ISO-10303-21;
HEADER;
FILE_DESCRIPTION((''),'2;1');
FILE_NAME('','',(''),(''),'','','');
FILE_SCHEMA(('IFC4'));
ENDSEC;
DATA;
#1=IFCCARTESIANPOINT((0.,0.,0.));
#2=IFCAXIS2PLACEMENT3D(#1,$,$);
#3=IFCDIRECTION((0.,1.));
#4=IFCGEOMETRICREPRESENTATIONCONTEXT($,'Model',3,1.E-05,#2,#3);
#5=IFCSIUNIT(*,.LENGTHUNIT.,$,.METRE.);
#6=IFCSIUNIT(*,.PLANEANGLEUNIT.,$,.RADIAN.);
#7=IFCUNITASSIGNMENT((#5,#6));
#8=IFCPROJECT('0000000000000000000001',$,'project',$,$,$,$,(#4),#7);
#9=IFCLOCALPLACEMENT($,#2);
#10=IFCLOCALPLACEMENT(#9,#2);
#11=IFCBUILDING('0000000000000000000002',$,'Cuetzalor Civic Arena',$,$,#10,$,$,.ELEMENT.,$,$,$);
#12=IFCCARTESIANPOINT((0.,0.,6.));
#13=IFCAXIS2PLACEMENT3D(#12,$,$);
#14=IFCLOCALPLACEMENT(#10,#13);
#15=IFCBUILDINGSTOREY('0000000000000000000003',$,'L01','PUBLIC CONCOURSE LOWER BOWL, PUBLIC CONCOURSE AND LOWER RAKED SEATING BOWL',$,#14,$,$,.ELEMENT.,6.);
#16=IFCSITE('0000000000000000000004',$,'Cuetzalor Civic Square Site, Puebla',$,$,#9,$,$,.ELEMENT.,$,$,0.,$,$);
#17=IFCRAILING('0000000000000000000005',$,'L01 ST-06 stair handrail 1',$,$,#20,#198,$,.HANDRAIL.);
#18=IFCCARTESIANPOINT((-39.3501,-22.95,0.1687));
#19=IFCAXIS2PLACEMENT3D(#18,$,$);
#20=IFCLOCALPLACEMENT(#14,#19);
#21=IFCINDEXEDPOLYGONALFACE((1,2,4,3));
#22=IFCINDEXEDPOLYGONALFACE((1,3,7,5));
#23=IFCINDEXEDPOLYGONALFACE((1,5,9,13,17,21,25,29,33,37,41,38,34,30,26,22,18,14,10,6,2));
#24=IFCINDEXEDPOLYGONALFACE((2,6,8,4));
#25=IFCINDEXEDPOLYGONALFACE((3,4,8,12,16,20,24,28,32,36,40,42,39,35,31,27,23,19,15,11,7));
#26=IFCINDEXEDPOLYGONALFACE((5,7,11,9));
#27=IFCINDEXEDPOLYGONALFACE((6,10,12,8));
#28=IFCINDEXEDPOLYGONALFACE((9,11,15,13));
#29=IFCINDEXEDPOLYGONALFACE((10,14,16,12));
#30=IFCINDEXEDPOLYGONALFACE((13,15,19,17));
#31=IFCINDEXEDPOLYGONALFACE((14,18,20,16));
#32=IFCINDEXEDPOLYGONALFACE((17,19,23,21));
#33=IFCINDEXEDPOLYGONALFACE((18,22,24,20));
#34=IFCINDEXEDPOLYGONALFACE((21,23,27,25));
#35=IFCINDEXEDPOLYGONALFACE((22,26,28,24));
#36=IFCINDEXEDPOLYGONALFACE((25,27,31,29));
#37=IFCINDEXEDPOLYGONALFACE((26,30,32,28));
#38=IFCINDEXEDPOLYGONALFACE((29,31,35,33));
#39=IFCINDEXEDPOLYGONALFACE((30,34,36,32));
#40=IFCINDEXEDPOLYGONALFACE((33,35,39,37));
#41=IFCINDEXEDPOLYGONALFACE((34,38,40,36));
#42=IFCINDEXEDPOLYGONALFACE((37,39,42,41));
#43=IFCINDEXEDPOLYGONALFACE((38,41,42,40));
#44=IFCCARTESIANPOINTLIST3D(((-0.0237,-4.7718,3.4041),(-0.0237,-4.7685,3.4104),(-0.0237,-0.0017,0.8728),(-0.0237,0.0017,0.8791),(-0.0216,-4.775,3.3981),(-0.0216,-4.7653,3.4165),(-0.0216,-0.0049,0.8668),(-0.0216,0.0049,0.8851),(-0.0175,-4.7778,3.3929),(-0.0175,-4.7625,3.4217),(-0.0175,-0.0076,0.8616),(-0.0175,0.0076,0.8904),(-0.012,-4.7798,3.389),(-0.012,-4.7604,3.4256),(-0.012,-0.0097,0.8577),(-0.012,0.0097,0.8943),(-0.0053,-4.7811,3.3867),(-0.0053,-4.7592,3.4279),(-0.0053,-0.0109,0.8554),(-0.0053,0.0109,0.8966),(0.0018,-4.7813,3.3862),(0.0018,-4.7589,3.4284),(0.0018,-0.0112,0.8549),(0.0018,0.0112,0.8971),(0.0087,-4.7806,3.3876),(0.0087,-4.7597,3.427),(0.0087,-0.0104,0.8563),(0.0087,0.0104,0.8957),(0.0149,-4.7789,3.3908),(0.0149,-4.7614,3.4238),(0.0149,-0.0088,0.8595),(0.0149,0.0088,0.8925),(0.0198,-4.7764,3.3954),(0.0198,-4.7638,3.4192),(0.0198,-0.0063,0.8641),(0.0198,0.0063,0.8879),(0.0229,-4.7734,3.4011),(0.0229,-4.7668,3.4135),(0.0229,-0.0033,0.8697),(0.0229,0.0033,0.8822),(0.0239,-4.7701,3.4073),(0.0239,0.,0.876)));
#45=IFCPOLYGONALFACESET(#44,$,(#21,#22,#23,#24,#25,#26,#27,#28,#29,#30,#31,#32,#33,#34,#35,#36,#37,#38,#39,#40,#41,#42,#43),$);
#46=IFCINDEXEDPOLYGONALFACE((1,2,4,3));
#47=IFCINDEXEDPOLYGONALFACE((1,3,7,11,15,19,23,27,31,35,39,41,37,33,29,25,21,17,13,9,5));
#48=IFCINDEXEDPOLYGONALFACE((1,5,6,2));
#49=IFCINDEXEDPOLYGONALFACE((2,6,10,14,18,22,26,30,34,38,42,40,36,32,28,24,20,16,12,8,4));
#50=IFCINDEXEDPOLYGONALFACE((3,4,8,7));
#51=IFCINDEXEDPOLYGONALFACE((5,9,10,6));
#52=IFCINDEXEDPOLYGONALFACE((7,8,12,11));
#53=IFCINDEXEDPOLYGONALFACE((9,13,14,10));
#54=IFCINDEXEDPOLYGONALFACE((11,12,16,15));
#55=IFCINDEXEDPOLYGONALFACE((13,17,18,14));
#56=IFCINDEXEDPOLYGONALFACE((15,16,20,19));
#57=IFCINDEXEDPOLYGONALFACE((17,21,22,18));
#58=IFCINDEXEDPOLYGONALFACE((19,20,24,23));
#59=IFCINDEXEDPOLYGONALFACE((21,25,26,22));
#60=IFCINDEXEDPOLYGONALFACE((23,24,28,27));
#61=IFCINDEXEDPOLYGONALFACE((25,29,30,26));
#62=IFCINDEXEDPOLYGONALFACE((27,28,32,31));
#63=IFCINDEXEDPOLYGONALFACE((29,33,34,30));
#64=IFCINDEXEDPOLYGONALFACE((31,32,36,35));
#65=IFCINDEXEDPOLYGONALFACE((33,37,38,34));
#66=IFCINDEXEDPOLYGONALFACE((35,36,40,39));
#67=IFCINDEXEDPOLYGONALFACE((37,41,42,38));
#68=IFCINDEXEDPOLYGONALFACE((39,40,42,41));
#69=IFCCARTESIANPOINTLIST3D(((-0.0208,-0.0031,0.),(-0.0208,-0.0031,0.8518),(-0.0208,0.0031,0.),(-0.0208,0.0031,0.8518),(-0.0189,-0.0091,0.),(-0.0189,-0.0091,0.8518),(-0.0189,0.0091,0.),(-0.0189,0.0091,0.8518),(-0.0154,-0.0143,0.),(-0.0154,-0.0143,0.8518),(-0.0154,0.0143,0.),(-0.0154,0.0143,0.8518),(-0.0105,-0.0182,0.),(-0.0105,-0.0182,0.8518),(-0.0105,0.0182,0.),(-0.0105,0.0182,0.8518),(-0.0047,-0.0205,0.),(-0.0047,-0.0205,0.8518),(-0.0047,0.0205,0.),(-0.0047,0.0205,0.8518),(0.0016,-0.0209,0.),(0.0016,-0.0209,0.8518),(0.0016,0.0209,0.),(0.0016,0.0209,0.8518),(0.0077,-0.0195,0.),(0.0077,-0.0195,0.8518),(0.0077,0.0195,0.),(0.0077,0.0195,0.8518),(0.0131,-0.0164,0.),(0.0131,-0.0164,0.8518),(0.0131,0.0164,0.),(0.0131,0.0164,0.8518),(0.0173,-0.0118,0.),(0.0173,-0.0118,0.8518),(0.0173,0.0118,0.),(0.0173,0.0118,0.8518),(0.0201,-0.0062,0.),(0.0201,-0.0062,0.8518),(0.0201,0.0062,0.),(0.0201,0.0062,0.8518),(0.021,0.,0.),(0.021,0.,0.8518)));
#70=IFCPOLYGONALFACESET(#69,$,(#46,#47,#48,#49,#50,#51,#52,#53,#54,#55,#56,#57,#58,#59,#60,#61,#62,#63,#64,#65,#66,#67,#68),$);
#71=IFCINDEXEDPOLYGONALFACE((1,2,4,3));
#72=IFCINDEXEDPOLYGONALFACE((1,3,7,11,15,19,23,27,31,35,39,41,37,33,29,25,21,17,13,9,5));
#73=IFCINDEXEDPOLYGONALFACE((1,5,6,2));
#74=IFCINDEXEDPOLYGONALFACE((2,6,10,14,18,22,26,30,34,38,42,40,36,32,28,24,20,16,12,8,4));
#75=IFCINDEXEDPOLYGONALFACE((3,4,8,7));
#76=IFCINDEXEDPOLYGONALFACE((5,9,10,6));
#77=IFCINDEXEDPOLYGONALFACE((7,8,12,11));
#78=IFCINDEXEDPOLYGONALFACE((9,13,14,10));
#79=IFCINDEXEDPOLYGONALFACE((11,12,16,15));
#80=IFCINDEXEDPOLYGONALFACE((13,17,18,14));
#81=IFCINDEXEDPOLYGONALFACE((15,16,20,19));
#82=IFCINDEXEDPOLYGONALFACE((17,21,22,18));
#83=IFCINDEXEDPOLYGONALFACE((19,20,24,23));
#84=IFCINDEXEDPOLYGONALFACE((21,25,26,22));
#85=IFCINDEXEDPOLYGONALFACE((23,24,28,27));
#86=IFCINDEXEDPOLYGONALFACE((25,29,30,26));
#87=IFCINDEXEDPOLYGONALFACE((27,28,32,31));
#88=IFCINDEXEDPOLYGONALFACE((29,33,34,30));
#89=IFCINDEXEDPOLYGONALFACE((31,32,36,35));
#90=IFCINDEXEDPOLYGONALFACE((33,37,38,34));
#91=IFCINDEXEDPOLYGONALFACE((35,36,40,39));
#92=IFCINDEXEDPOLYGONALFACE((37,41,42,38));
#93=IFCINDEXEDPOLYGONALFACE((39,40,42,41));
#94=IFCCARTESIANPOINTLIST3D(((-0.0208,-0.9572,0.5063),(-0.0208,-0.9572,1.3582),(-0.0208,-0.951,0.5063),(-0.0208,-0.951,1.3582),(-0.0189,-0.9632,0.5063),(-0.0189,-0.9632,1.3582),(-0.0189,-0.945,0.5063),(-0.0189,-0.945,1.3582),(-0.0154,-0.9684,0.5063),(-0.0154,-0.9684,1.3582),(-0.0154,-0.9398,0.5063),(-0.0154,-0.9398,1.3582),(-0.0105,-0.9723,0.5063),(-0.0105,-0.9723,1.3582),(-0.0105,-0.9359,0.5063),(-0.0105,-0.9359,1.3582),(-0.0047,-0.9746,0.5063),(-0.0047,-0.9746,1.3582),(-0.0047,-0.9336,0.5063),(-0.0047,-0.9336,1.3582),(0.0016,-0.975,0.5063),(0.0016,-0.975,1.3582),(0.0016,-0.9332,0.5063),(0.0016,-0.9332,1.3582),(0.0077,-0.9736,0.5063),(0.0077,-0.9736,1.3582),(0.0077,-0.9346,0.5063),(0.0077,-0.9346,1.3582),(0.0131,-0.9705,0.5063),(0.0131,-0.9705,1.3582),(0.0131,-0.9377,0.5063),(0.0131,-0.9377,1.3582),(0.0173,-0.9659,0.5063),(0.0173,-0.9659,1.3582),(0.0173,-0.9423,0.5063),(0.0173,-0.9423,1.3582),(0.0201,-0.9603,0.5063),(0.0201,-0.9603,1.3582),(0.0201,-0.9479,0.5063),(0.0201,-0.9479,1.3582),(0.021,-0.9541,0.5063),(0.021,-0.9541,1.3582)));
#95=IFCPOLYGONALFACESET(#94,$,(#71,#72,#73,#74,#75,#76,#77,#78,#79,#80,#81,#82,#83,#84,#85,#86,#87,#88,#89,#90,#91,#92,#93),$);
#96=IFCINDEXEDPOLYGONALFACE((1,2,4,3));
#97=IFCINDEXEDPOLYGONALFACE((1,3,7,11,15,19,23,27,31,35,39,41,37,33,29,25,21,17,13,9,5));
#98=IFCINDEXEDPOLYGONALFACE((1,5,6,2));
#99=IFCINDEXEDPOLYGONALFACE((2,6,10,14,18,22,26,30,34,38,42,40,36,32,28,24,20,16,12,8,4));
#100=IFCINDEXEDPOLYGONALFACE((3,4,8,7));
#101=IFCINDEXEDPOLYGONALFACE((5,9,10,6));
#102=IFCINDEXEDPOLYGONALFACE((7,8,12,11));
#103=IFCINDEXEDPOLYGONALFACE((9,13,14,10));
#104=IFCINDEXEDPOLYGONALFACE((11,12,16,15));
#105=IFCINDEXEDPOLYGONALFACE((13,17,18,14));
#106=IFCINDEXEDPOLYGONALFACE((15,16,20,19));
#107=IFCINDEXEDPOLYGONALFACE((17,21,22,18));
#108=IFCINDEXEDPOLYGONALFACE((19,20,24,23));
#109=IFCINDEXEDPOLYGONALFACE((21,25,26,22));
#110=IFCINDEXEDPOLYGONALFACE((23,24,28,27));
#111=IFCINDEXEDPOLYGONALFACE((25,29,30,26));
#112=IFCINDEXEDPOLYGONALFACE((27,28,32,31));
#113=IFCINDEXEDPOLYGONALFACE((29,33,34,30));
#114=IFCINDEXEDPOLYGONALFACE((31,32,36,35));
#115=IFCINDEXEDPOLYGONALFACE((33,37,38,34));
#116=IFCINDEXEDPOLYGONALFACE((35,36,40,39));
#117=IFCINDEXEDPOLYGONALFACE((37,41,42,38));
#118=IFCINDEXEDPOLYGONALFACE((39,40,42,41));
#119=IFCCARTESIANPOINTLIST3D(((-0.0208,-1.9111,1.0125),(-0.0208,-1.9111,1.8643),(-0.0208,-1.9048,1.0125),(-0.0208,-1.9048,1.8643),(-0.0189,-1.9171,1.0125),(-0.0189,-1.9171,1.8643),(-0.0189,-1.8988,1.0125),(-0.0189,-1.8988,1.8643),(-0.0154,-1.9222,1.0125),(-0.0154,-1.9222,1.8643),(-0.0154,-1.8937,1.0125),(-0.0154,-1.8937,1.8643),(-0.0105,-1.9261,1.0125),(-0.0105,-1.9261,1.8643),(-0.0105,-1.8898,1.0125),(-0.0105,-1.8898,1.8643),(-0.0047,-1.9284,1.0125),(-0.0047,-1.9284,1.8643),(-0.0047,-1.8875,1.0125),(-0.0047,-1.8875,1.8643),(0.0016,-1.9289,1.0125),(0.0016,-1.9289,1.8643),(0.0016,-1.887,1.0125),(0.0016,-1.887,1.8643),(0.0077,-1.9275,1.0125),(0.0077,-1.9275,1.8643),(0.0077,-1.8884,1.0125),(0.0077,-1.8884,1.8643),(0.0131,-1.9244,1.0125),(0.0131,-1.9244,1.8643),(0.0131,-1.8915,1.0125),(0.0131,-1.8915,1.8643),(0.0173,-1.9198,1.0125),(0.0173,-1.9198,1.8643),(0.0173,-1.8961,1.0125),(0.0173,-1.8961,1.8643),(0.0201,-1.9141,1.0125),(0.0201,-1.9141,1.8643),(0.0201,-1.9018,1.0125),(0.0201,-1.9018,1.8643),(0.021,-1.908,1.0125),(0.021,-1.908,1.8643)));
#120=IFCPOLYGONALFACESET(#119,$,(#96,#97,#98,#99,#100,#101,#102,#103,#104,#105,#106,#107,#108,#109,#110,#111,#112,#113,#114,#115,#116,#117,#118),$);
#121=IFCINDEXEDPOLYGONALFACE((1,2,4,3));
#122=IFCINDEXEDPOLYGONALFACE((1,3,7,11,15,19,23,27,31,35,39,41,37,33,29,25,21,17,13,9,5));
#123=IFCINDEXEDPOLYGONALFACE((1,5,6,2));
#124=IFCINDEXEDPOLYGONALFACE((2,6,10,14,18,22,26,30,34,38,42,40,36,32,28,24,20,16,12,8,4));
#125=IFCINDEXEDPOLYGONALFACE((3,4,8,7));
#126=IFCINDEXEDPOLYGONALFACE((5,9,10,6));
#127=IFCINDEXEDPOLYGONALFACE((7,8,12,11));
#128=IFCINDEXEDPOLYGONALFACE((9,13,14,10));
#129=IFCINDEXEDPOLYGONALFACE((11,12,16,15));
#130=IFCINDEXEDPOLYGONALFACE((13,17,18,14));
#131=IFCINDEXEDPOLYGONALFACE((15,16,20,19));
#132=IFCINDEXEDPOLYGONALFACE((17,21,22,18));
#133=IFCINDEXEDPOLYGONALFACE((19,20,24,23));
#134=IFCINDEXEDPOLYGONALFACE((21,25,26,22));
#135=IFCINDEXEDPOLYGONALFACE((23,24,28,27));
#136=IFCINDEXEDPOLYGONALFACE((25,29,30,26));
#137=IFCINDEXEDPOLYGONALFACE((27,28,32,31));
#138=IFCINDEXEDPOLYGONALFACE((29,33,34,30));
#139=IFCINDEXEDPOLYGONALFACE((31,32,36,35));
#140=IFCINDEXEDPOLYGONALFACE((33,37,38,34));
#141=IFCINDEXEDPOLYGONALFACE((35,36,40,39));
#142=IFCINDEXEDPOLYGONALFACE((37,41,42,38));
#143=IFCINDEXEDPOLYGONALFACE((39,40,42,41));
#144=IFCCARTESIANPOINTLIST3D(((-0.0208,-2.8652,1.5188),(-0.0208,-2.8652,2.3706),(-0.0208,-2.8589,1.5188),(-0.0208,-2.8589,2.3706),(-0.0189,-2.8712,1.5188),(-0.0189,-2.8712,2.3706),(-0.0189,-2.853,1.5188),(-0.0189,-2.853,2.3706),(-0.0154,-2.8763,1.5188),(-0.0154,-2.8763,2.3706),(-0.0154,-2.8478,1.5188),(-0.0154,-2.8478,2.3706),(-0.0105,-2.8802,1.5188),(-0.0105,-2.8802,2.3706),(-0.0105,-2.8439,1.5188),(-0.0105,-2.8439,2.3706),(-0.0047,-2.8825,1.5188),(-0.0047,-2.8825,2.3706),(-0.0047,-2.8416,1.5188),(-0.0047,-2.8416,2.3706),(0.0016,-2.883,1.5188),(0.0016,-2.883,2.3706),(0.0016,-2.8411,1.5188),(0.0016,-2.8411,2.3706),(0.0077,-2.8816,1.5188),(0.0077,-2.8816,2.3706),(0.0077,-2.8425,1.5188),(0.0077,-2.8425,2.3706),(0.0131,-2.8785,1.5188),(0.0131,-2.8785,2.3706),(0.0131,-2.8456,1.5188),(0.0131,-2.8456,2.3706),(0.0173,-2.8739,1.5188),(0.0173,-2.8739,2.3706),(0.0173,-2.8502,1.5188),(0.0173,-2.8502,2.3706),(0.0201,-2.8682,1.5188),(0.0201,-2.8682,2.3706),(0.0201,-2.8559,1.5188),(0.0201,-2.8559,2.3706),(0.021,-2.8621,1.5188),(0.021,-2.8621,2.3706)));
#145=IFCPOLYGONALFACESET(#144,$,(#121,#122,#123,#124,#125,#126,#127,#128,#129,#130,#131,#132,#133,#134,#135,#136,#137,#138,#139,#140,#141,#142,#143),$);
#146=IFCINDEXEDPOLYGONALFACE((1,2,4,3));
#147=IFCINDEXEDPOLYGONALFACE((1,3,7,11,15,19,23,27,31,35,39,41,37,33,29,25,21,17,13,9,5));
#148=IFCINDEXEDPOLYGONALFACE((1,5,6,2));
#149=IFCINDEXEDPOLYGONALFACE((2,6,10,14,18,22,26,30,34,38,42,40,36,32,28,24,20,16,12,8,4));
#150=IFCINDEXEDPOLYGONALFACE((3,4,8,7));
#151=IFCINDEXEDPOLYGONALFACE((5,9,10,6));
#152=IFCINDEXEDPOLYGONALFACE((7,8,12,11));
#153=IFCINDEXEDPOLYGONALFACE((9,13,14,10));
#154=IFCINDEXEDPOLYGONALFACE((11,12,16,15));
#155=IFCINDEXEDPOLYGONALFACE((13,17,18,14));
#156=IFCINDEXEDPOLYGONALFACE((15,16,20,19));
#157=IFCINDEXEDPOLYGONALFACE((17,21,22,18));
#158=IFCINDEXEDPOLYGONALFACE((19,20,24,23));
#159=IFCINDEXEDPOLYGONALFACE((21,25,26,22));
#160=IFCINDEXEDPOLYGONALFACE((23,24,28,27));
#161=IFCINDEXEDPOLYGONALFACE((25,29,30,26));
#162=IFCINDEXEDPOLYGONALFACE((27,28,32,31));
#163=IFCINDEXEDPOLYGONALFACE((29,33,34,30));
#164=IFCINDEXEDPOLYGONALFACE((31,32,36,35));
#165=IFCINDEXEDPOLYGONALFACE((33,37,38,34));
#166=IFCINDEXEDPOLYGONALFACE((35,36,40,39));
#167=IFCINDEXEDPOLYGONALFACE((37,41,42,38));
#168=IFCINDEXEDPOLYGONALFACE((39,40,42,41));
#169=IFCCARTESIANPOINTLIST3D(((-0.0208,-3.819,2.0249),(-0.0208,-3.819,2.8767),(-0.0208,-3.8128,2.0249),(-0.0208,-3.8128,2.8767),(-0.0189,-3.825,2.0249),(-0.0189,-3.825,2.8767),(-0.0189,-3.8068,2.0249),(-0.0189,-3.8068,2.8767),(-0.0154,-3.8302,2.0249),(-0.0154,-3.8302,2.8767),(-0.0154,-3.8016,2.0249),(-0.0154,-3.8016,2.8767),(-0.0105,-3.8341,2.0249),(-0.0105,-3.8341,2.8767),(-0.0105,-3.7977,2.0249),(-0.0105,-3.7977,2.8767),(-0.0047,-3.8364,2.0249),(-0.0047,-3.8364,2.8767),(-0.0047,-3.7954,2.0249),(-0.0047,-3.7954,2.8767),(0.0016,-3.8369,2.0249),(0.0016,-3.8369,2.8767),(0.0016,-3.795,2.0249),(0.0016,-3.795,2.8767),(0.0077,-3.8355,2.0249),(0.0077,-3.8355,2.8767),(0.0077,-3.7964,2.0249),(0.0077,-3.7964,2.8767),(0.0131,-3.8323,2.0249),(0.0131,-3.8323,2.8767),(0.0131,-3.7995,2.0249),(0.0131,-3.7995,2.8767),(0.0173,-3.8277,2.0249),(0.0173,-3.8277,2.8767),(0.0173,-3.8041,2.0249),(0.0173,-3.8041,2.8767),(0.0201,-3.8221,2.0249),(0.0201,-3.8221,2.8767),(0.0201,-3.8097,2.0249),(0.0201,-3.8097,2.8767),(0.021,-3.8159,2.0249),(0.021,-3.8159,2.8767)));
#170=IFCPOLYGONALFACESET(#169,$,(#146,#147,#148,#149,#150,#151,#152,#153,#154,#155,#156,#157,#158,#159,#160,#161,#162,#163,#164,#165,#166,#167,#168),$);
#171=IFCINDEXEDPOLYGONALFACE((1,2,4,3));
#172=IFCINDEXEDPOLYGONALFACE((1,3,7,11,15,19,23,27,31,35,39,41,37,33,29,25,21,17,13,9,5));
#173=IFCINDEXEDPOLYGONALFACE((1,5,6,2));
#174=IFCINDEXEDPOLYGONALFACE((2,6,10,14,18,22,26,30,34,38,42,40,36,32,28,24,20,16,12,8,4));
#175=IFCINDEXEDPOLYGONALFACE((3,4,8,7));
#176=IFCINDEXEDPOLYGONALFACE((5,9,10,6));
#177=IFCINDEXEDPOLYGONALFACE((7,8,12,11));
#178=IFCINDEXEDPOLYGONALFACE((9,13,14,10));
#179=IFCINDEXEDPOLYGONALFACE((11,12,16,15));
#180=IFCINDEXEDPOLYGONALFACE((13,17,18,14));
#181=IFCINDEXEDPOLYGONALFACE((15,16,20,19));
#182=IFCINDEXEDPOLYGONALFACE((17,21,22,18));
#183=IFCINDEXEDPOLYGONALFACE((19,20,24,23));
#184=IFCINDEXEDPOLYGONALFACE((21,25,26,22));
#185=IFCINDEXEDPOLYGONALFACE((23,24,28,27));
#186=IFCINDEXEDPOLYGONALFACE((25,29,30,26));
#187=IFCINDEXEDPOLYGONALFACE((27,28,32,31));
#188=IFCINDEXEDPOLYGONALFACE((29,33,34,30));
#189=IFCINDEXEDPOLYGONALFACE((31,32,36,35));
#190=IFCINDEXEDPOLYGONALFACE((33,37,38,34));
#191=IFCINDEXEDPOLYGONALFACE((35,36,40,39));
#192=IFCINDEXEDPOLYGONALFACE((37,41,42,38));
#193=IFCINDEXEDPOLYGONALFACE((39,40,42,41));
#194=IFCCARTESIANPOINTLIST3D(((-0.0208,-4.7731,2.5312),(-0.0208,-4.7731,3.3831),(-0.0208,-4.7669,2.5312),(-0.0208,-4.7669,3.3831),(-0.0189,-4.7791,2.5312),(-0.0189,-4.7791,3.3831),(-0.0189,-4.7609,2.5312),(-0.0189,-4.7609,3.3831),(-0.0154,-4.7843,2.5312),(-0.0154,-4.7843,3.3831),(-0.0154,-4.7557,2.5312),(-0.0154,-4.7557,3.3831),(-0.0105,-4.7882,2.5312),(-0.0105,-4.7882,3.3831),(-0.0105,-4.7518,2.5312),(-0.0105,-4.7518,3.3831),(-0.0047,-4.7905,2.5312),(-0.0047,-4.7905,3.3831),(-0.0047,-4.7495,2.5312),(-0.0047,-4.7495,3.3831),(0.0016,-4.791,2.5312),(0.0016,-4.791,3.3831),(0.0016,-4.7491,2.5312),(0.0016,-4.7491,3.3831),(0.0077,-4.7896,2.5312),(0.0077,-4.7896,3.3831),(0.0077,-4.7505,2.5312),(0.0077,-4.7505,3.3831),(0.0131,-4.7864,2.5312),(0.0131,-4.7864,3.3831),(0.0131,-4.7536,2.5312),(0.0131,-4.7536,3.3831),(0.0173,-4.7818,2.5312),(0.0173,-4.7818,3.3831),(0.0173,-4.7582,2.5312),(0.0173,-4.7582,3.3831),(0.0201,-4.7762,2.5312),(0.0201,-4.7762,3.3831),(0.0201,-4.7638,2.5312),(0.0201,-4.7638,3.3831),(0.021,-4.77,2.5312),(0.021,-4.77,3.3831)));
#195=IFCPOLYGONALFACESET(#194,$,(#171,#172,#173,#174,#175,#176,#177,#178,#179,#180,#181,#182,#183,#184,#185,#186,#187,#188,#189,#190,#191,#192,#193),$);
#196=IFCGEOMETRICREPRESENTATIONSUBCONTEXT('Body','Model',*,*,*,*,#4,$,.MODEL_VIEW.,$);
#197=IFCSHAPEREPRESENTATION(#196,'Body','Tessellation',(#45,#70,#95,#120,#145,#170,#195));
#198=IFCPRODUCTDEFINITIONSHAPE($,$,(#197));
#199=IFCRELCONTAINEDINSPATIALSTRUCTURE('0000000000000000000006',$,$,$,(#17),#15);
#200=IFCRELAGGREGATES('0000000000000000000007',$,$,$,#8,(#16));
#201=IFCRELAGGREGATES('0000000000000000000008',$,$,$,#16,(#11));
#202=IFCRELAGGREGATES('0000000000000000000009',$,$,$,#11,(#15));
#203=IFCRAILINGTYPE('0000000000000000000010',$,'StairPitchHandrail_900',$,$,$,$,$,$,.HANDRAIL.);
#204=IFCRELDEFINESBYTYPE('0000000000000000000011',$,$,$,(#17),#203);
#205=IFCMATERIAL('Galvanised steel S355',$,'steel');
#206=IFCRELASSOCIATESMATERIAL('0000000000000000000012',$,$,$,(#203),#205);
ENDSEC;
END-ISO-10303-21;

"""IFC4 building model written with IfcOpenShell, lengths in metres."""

from ifc_helpers import new_model, si_unit, direction, frame, origin, origin_2d, place, context, subcontext, project, spatial, circle, extrude, material, type_object, element, save


model = new_model("IFC4")

# Units and contexts
model_context = context("Model", 3, precision=1e-05, world=origin(), true_north=direction((0.0, 1.0)))
body_context = subcontext(model_context, "Body", "Model", "MODEL_VIEW")
ifc_project = project(units=[si_unit("LENGTHUNIT", "METRE"), si_unit("PLANEANGLEUNIT", "RADIAN")], contexts=[model_context])

# Site, building, storey
site_placement = place(None, origin())
site = spatial("IfcSite", under=ifc_project, at=site_placement, Name="Cuetzalor Civic Square Site, Puebla", CompositionType="ELEMENT", RefElevation=0.0)
building_placement = place(site_placement, origin())
building = spatial("IfcBuilding", under=site, at=building_placement, Name="Cuetzalor Civic Arena", CompositionType="ELEMENT")
storey_placement = place(building_placement, frame((0.0, 0.0, 6.0)))
storey = spatial("IfcBuildingStorey", under=building, at=storey_placement, Name="L01", Description="PUBLIC CONCOURSE LOWER BOWL, PUBLIC CONCOURSE AND LOWER RAKED SEATING BOWL", CompositionType="ELEMENT", Elevation=6.0)

# Railing
ifc_material_1 = material(Name="Galvanised steel S355", Category="steel")
railing_type_1 = type_object("IfcRailingType", Name="StairPitchHandrail_900", PredefinedType="HANDRAIL", material=ifc_material_1)
railing_1_placement = place(storey_placement, frame((-39.3501, -22.95, 0.1687)))
element("IfcRailing", 1, at=railing_1_placement, inside=storey, type_object=railing_type_1, Name="L01 ST-06 stair handrail 1", PredefinedType="HANDRAIL", context=body_context, shape_type="SweptSolid", body=[
    extrude(circle(Radius=0.0239, at=origin_2d()), frame((0.0, 0.0, 0.876), z_axis=(0.0, -0.883332, 0.468747), x_axis=(1.0, 0.0, 0.0)), (0.0, 0.0, 1.0), 5.4001),
    extrude(circle(Radius=0.021, at=origin_2d()), origin(), (0.0, 0.0, 1.0), 0.8518),
    extrude(circle(Radius=0.021, at=origin_2d()), frame((0.0, -0.9541, 0.5063)), (0.0, 0.0, 1.0), 0.8518),
    extrude(circle(Radius=0.021, at=origin_2d()), frame((0.0, -1.908, 1.0125)), (0.0, 0.0, 1.0), 0.8518),
    extrude(circle(Radius=0.021, at=origin_2d()), frame((0.0, -2.8621, 1.5188)), (0.0, 0.0, 1.0), 0.8518),
    extrude(circle(Radius=0.021, at=origin_2d()), frame((0.0, -3.8159, 2.0249)), (0.0, 0.0, 1.0), 0.8518),
    extrude(circle(Radius=0.021, at=origin_2d()), frame((0.0, -4.77, 2.5312)), (0.0, 0.0, 1.0), 0.8518),
])

save(model, "model.ifc")
